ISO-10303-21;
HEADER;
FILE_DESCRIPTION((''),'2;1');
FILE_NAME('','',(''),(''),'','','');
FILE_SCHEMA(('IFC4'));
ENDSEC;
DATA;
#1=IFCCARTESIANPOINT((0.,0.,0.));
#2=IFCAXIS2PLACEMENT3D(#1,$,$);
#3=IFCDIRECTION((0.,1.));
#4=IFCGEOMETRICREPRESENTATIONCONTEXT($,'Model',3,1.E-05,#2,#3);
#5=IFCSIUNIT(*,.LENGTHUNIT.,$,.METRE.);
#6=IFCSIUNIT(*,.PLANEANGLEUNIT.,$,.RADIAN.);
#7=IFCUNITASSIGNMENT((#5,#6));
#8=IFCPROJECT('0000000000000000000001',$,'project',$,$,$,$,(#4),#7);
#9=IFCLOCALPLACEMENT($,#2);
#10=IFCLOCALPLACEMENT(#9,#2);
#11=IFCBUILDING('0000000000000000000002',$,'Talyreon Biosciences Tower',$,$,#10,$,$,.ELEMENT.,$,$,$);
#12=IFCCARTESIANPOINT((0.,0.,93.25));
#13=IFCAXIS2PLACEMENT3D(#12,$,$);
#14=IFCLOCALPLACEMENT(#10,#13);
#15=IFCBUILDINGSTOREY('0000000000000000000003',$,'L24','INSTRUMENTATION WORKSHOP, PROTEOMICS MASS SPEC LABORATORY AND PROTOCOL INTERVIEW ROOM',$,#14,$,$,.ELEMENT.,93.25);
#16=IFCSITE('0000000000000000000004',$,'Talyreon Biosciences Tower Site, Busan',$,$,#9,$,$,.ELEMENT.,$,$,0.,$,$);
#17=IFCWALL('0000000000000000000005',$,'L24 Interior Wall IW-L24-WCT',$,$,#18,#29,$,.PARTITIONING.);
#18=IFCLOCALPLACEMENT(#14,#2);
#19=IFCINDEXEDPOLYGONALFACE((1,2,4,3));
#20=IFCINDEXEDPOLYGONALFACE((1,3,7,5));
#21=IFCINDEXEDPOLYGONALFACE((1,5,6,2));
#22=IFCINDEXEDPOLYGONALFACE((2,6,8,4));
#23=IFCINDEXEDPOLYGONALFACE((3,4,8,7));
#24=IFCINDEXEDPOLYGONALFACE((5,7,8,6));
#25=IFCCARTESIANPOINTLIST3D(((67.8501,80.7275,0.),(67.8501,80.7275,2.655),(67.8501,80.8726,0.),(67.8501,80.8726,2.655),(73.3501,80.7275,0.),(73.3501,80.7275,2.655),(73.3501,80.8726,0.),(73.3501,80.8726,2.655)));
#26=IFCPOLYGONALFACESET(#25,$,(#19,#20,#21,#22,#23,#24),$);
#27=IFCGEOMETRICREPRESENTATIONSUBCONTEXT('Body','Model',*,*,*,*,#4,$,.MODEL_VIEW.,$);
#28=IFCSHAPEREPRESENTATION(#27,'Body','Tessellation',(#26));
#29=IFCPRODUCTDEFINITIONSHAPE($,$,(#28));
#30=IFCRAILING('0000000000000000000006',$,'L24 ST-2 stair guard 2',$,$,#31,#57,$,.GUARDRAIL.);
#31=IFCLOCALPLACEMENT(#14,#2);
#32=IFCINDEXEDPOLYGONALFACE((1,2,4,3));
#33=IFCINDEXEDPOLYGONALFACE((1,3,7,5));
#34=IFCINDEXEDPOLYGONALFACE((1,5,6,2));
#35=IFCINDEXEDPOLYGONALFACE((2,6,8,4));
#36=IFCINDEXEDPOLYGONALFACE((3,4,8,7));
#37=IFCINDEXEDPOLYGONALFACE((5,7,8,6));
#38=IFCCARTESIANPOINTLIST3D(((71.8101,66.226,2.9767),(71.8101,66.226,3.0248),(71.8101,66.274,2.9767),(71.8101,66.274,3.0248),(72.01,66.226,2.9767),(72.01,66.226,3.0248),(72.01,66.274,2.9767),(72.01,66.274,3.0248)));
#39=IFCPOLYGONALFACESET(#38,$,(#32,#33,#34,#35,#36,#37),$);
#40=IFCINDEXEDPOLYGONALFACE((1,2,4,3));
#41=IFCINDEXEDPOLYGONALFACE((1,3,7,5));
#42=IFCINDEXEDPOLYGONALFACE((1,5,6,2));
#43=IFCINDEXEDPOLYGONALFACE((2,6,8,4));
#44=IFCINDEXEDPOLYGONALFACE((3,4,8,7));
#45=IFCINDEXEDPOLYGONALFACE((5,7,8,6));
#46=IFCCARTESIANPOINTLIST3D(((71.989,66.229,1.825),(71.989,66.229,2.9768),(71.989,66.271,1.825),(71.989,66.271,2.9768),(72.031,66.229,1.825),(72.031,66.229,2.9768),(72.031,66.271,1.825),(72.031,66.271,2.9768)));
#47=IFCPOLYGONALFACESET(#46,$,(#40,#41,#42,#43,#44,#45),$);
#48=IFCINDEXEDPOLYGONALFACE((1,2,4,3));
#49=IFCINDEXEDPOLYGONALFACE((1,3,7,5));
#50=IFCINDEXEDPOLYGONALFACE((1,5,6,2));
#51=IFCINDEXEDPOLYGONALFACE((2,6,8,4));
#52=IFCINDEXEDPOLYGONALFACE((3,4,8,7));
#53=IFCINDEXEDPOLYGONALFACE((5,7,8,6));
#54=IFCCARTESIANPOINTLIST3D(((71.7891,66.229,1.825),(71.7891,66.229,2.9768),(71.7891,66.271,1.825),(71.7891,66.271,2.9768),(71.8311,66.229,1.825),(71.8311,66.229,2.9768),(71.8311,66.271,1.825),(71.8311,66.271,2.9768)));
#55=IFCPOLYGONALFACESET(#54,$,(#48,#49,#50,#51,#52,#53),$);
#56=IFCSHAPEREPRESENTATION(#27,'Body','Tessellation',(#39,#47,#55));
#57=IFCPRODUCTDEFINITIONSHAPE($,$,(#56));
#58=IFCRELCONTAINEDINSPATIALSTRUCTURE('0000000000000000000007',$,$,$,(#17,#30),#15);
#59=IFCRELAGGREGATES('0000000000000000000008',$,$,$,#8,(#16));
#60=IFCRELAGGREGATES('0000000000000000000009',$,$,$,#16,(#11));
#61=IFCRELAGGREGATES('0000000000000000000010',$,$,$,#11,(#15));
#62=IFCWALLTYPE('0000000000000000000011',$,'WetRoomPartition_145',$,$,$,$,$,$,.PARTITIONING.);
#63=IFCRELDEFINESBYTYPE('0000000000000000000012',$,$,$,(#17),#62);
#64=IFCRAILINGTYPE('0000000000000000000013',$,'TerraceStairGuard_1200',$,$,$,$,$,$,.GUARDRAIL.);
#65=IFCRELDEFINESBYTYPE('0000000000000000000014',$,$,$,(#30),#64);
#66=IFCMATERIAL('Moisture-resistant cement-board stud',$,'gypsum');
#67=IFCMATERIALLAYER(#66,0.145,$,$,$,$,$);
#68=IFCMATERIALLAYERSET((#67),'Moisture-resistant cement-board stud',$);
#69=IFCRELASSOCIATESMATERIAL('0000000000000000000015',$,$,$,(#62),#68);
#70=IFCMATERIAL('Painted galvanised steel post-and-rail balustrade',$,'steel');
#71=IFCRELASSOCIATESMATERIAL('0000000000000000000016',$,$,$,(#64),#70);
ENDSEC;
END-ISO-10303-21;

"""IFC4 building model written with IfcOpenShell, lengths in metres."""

from ifc_helpers import new_model, si_unit, direction, frame, frame_2d, origin, origin_2d, place, context, subcontext, project, spatial, rectangle, extrude, material, layer, layer_set, type_object, element, save


model = new_model("IFC4")

# Units and contexts
model_context = context("Model", 3, precision=1e-05, world=origin(), true_north=direction((0.0, 1.0)))
body_context = subcontext(model_context, "Body", "Model", "MODEL_VIEW")
ifc_project = project(units=[si_unit("LENGTHUNIT", "METRE"), si_unit("PLANEANGLEUNIT", "RADIAN")], contexts=[model_context])

# Site, building, storey
site_placement = place(None, origin())
site = spatial("IfcSite", under=ifc_project, at=site_placement, Name="Talyreon Biosciences Tower Site, Busan", CompositionType="ELEMENT", RefElevation=0.0)
building_placement = place(site_placement, origin())
building = spatial("IfcBuilding", under=site, at=building_placement, Name="Talyreon Biosciences Tower", CompositionType="ELEMENT")
storey_placement = place(building_placement, frame((0.0, 0.0, 93.25)))
storey = spatial("IfcBuildingStorey", under=building, at=storey_placement, Name="L24", Description="INSTRUMENTATION WORKSHOP, PROTEOMICS MASS SPEC LABORATORY AND PROTOCOL INTERVIEW ROOM", CompositionType="ELEMENT", Elevation=93.25)

# Wall
ifc_material_1 = material(Name="Moisture-resistant cement-board stud", Category="gypsum")
ifc_layer_1 = layer(ifc_material_1, 0.145)
ifc_layer_set_1 = layer_set([ifc_layer_1], Name="Moisture-resistant cement-board stud")
wall_type_1 = type_object("IfcWallType", Name="WetRoomPartition_145", PredefinedType="PARTITIONING", material=ifc_layer_set_1)
wall_1_placement = place(storey_placement, frame((67.8501, 80.8, 0.0), z_axis=(0.0, 0.0, 1.0), x_axis=(1.0, 0.0, 0.0)))
element("IfcWall", 1, at=wall_1_placement, inside=storey, type_object=wall_type_1, Name="L24 Interior Wall IW-L24-WCT", PredefinedType="PARTITIONING", context=body_context, shape_type="SweptSolid", body=[
    extrude(rectangle(XDim=5.5, YDim=0.145, at=frame_2d((2.75, 0.0))), origin(), (0.0, 0.0, 1.0), 2.655),
])

# Railing
ifc_material_2 = material(Name="Painted galvanised steel post-and-rail balustrade", Category="steel")
railing_type = type_object("IfcRailingType", Name="TerraceStairGuard_1200", PredefinedType="GUARDRAIL", material=ifc_material_2)
railing_placement = place(storey_placement, frame((72.01, 66.25, 1.825)))
element("IfcRailing", 2, at=railing_placement, inside=storey, type_object=railing_type, Name="L24 ST-2 stair guard 2", PredefinedType="GUARDRAIL", context=body_context, shape_type="SweptSolid", body=[
    extrude(rectangle(XDim=0.0481, YDim=0.0481, at=origin_2d()), frame((0.0, 0.0, 1.1758), z_axis=(-1.0, 0.0, 0.0), x_axis=(0.0, -1.0, 0.0)), (0.0, 0.0, 1.0), 0.2),
    extrude(rectangle(XDim=0.042, YDim=0.042, at=origin_2d()), origin(), (0.0, 0.0, 1.0), 1.1519),
    extrude(rectangle(XDim=0.042, YDim=0.042, at=origin_2d()), frame((-0.2, 0.0, 0.0)), (0.0, 0.0, 1.0), 1.1519),
])

save(model, "model.ifc")
